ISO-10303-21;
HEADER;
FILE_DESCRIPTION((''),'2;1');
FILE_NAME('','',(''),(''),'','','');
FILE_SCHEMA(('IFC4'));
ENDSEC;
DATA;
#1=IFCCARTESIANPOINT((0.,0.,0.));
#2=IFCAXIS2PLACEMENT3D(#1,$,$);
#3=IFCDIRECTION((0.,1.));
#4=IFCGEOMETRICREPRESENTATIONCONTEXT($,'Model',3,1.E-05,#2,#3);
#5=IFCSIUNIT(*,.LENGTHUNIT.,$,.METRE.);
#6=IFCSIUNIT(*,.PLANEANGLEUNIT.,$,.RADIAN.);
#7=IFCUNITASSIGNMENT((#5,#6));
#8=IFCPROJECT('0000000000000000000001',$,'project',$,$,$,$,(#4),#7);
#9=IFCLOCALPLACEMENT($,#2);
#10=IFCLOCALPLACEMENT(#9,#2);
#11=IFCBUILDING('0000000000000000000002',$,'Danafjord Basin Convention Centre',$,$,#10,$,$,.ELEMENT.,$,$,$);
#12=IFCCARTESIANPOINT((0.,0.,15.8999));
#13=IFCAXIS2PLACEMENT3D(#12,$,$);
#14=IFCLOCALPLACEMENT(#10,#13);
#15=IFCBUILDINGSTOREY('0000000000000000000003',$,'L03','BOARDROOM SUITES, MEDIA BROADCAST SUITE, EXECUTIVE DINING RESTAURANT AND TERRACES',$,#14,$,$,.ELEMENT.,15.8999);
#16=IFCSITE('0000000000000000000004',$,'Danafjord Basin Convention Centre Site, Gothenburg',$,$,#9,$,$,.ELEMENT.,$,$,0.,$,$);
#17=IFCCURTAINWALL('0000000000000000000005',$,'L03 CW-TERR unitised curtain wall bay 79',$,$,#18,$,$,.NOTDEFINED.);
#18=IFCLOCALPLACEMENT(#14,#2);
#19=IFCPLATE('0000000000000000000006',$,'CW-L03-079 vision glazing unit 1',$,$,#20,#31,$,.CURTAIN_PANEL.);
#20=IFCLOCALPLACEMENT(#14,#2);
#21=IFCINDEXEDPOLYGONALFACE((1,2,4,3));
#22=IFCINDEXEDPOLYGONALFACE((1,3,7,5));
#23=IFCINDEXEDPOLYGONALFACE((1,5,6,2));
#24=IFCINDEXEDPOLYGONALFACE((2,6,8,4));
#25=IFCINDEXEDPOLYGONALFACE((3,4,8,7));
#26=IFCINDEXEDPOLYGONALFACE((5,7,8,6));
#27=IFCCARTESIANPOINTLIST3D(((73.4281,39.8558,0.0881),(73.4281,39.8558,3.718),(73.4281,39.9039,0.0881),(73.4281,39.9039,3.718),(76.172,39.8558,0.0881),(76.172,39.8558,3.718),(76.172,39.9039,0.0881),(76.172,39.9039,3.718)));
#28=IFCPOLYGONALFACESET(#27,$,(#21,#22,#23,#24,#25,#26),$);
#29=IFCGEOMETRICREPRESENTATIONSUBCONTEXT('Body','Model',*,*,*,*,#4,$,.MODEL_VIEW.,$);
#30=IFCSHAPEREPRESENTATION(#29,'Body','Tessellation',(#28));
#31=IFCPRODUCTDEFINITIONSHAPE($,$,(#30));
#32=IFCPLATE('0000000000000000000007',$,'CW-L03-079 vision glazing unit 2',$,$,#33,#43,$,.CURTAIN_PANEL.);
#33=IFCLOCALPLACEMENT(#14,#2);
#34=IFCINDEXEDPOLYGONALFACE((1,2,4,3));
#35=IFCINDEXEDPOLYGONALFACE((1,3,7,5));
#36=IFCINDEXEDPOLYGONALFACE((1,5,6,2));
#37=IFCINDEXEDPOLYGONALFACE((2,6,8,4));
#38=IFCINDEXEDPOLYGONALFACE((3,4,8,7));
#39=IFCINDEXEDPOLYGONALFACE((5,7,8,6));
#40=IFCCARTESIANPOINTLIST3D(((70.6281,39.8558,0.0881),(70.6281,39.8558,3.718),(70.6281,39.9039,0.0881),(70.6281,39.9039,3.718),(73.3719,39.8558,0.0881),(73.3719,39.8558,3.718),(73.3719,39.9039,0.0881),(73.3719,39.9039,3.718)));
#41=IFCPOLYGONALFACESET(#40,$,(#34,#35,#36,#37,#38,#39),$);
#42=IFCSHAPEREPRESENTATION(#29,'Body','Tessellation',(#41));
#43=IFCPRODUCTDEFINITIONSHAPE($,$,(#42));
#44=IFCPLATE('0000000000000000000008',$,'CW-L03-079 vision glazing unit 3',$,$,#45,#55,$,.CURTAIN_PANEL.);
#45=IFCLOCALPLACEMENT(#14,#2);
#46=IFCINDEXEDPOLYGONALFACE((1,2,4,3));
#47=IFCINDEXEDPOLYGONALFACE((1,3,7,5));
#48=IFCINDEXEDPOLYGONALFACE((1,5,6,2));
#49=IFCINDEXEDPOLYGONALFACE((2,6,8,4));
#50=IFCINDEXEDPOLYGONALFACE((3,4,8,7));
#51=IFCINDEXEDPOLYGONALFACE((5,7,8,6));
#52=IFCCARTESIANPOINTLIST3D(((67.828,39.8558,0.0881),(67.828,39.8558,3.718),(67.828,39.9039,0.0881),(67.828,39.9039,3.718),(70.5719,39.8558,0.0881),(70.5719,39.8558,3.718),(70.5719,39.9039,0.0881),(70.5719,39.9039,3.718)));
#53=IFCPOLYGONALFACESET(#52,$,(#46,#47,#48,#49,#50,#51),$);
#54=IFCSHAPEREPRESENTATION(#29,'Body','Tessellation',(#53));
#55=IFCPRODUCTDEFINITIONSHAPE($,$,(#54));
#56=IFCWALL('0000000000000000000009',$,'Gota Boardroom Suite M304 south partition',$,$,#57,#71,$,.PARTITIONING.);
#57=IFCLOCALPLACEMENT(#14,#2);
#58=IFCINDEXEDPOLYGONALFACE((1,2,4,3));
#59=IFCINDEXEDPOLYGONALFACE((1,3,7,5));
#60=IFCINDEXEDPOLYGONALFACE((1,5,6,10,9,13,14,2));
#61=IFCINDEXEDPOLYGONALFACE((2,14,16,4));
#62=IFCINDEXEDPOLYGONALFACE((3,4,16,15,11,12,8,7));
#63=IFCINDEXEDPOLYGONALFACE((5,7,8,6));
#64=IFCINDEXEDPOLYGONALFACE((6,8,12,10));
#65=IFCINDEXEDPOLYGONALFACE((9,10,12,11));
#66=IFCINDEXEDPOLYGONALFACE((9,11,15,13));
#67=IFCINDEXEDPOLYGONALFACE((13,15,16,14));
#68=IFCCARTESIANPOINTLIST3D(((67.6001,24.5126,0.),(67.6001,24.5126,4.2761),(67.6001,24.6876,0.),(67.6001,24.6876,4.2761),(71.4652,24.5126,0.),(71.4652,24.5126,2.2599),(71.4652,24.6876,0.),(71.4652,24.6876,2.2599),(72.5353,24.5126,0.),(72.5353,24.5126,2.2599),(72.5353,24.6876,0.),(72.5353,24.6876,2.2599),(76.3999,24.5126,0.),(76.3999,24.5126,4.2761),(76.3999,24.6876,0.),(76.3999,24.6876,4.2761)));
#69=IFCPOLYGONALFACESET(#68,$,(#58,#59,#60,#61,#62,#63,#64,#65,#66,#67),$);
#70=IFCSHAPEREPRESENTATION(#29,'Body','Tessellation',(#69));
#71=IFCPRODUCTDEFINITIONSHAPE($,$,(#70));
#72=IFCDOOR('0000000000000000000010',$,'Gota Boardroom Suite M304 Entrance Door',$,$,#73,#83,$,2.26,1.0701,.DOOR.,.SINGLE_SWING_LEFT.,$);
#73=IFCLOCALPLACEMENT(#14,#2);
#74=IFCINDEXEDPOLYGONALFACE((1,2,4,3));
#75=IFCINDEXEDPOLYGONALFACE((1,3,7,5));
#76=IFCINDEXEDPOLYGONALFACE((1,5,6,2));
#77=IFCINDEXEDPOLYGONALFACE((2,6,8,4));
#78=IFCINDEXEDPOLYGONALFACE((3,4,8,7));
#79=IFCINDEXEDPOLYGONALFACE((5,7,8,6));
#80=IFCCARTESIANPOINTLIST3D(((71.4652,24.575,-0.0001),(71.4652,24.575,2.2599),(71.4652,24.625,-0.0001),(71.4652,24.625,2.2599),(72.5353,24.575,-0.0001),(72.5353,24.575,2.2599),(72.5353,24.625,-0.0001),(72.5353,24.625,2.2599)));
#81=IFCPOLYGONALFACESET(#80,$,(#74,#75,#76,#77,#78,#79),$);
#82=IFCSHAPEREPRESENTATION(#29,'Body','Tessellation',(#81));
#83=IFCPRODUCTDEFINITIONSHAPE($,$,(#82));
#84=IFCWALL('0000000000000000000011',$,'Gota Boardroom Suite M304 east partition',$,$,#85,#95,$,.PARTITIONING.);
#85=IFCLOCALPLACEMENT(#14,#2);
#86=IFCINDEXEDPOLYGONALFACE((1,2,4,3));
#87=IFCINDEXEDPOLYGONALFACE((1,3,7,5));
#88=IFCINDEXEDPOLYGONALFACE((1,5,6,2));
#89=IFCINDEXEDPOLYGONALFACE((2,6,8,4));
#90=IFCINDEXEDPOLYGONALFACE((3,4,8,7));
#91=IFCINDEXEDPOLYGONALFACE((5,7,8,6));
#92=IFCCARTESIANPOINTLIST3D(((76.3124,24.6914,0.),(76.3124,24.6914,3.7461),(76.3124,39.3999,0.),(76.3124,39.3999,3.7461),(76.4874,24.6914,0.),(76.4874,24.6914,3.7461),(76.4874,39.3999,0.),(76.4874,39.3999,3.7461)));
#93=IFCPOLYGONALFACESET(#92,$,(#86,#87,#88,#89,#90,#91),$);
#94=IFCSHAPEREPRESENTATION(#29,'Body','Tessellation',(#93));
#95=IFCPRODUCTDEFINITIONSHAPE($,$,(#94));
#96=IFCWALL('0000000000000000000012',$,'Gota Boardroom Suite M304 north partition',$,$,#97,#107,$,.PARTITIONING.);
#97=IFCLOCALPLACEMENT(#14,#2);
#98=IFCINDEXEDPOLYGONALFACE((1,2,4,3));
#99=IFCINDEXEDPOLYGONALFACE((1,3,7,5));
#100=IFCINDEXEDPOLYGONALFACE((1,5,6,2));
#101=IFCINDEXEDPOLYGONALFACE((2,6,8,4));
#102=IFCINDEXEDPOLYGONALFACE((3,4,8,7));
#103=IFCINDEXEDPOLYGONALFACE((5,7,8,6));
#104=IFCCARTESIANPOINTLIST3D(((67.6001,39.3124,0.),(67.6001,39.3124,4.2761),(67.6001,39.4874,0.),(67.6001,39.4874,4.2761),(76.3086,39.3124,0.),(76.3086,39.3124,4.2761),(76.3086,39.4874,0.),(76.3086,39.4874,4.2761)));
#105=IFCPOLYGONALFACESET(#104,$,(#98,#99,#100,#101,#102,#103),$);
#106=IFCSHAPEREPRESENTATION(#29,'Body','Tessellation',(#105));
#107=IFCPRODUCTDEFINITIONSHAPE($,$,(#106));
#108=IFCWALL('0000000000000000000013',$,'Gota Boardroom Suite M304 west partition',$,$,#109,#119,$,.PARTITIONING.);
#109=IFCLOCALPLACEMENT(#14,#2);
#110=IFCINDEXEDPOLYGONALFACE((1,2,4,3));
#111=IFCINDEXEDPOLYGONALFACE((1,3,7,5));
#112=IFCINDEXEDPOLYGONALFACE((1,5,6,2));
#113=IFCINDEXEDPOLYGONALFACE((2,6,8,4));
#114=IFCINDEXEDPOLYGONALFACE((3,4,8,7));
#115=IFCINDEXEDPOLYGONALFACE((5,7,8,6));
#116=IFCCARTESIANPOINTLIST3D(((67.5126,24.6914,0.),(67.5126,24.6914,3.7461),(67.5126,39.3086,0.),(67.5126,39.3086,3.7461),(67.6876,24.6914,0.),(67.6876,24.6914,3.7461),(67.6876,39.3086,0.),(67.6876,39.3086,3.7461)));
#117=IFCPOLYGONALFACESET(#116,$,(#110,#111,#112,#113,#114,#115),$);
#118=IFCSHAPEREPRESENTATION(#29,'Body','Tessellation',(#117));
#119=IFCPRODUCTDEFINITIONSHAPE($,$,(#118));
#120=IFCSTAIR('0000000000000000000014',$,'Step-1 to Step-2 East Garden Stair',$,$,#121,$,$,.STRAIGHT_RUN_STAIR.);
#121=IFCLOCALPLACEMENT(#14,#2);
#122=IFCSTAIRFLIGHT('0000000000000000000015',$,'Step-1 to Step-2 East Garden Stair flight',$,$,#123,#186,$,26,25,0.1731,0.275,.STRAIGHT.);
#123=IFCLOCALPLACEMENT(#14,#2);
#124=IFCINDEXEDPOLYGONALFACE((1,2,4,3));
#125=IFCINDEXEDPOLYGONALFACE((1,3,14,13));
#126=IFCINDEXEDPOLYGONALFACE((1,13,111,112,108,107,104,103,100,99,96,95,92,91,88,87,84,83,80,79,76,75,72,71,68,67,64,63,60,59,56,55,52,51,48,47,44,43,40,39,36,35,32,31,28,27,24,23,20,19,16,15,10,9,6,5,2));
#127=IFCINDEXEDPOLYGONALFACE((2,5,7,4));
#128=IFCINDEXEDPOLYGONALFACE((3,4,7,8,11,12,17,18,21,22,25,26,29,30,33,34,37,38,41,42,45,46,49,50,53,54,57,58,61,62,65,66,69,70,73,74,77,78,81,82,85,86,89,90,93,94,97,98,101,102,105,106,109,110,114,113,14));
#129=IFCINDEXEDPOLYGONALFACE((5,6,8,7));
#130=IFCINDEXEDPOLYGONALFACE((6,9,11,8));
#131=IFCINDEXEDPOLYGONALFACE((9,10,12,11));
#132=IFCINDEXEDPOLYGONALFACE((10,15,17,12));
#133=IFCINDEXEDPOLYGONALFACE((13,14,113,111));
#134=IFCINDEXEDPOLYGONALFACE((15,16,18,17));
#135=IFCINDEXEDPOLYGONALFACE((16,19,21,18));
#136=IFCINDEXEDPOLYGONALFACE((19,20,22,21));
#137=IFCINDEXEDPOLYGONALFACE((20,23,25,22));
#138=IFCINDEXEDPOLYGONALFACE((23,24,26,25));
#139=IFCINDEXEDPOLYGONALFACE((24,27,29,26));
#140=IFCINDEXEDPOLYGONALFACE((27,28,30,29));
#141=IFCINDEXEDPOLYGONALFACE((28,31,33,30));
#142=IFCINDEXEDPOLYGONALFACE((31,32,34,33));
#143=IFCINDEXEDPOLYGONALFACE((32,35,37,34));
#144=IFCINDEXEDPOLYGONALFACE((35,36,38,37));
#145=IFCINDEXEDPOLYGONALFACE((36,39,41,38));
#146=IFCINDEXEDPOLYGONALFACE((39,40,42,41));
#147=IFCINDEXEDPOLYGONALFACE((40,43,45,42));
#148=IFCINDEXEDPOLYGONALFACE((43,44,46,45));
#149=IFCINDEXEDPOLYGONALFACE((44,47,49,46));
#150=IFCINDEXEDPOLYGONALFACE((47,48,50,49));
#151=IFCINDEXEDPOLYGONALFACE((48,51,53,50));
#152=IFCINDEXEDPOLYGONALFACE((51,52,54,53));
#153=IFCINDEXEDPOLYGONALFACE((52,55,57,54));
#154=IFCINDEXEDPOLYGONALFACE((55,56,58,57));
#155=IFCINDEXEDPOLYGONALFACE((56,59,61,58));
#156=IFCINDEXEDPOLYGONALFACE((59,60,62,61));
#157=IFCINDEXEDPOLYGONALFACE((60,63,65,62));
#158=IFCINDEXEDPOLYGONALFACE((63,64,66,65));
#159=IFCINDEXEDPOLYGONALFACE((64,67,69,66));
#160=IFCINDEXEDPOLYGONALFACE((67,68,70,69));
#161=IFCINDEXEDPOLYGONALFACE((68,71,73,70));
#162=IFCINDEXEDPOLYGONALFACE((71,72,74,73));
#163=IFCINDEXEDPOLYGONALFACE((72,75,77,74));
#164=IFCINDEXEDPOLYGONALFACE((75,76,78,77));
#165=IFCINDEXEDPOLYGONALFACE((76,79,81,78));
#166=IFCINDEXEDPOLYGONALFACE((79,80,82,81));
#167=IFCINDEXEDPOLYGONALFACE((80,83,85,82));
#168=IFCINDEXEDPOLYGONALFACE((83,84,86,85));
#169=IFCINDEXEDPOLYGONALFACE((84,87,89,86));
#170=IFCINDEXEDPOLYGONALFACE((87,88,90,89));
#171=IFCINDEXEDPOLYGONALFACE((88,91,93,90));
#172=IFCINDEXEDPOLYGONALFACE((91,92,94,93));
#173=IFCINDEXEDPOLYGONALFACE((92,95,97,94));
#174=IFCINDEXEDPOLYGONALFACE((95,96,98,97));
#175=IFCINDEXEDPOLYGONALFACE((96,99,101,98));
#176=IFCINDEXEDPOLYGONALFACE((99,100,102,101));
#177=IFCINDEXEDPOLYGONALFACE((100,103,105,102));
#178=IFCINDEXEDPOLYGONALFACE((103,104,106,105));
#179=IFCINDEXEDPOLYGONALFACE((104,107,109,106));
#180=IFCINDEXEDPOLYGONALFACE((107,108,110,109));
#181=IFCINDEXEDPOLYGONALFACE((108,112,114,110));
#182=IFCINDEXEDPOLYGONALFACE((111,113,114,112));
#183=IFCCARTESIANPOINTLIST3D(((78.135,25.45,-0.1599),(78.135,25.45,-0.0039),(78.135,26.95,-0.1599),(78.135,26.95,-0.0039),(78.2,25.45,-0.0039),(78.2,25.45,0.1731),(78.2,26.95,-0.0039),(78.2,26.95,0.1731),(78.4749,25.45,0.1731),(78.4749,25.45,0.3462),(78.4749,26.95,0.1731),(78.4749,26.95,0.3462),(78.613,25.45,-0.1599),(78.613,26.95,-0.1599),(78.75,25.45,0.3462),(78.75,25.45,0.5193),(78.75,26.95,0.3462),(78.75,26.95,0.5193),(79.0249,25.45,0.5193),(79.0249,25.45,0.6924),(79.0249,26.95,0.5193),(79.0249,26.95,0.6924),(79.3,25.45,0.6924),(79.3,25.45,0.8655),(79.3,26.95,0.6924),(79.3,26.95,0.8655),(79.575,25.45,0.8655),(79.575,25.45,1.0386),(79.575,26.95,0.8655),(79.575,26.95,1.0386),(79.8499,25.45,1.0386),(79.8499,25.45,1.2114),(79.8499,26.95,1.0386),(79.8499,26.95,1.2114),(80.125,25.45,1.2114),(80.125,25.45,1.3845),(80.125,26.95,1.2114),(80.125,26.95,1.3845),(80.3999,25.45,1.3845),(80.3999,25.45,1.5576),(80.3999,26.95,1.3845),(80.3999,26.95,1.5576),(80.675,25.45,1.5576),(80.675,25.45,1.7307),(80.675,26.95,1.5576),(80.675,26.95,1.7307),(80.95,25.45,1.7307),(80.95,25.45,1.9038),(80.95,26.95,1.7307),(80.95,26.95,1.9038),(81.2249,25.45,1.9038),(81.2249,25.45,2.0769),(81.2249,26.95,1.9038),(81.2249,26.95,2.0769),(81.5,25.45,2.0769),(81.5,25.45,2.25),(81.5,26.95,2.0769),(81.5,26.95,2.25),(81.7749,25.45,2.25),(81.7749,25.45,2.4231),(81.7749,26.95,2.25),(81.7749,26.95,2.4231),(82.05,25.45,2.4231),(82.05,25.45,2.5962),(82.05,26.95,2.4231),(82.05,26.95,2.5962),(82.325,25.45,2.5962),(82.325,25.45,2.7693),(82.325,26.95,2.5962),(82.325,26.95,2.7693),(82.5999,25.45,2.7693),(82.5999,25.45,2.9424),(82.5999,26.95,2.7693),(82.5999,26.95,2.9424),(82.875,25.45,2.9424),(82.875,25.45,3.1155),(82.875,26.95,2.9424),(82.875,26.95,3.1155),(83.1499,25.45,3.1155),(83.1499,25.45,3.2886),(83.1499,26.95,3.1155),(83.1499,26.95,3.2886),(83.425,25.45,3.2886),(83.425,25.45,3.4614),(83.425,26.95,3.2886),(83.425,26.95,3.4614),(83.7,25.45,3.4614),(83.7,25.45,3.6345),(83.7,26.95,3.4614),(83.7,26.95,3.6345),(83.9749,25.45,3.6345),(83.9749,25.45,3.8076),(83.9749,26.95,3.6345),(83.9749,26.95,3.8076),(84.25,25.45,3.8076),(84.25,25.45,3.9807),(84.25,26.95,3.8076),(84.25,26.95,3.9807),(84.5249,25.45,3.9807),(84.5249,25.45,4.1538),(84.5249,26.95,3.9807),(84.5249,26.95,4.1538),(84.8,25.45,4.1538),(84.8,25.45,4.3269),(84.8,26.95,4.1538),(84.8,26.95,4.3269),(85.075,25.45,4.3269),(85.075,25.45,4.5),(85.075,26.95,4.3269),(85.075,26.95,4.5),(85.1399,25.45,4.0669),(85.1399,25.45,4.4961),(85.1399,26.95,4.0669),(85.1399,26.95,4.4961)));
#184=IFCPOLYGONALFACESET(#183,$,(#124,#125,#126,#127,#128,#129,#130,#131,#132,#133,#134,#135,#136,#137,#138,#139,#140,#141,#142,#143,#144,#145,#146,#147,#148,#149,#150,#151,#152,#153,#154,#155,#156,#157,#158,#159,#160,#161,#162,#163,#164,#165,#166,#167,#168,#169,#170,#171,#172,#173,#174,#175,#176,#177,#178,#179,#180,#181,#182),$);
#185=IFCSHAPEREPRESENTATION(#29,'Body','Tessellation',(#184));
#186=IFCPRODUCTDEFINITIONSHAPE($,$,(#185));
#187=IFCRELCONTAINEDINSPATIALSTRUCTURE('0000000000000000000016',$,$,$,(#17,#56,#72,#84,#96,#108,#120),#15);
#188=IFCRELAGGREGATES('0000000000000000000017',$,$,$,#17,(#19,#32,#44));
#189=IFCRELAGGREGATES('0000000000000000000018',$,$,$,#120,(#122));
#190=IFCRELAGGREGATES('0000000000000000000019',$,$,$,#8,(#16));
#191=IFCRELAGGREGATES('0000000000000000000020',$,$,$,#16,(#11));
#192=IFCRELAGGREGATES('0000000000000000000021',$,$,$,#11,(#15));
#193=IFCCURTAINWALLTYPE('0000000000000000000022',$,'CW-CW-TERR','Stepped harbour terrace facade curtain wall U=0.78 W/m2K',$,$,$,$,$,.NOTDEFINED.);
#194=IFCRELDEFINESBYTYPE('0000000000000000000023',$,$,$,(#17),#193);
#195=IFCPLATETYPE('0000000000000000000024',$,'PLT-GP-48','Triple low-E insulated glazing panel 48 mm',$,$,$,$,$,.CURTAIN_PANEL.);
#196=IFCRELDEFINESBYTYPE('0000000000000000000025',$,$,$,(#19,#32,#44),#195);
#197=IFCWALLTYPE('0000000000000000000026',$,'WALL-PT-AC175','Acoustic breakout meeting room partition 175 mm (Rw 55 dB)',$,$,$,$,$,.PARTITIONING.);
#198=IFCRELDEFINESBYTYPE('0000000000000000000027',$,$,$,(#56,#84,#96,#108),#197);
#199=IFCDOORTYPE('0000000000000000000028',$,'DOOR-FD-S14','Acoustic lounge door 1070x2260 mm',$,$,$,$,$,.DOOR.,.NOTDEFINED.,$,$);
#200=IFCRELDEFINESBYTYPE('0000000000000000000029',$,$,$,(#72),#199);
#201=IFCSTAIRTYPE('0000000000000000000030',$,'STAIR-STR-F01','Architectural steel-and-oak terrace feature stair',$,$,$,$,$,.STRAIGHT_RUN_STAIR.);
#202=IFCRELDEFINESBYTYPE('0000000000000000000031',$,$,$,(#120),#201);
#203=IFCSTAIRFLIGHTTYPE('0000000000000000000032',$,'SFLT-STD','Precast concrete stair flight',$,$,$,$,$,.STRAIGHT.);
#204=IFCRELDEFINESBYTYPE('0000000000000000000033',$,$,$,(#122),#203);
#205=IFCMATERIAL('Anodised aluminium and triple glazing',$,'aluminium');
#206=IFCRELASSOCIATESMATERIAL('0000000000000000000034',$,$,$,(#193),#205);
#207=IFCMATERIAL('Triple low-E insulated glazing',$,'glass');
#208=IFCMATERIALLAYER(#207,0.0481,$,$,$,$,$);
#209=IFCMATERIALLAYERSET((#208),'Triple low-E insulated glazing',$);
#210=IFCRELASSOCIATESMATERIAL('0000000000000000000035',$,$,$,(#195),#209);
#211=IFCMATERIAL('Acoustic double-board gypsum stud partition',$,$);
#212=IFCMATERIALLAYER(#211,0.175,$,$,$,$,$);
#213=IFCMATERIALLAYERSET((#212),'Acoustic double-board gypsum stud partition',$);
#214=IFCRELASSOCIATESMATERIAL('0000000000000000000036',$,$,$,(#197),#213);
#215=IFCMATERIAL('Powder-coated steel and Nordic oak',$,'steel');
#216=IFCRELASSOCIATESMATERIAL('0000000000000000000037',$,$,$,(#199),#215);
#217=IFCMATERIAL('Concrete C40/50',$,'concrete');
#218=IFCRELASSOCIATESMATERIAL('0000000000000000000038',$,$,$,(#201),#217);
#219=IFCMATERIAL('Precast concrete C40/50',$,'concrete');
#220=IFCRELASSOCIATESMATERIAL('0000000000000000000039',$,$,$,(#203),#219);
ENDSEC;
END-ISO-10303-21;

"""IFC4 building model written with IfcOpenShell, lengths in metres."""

from ifc_helpers import new_model, si_unit, direction, frame, frame_2d, origin, origin_2d, place, context, subcontext, project, spatial, polyline, rectangle, outline, extrude, material, layer, layer_set, type_object, element, fill, aggregate, save


model = new_model("IFC4")

# Units and contexts
model_context = context("Model", 3, precision=1e-05, world=origin(), true_north=direction((0.0, 1.0)))
body_context = subcontext(model_context, "Body", "Model", "MODEL_VIEW")
ifc_project = project(units=[si_unit("LENGTHUNIT", "METRE"), si_unit("PLANEANGLEUNIT", "RADIAN")], contexts=[model_context])

# Site, building, storey
site_placement = place(None, origin())
site = spatial("IfcSite", under=ifc_project, at=site_placement, Name="Danafjord Basin Convention Centre Site, Gothenburg", CompositionType="ELEMENT", RefElevation=0.0)
building_placement = place(site_placement, origin())
building = spatial("IfcBuilding", under=site, at=building_placement, Name="Danafjord Basin Convention Centre", CompositionType="ELEMENT")
storey_placement = place(building_placement, frame((0.0, 0.0, 15.8999)))
storey = spatial("IfcBuildingStorey", under=building, at=storey_placement, Name="L03", Description="BOARDROOM SUITES, MEDIA BROADCAST SUITE, EXECUTIVE DINING RESTAURANT AND TERRACES", CompositionType="ELEMENT", Elevation=15.8999)

# Curtain wall
ifc_material_1 = material(Name="Anodised aluminium and triple glazing", Category="aluminium")
curtain_wall_type = type_object("IfcCurtainWallType", Name="CW-CW-TERR", Description="Stepped harbour terrace facade curtain wall U=0.78 W/m2K", PredefinedType="NOTDEFINED", material=ifc_material_1)
curtain_wall_1_placement = place(storey_placement, origin())
curtain_wall_1 = element("IfcCurtainWall", 1, at=curtain_wall_1_placement, inside=storey, type_object=curtain_wall_type, Name="L03 CW-TERR unitised curtain wall bay 79", PredefinedType="NOTDEFINED")

# Plates
ifc_material_2 = material(Name="Triple low-E insulated glazing", Category="glass")
ifc_layer_1 = layer(ifc_material_2, 0.0481)
ifc_layer_set_1 = layer_set([ifc_layer_1], Name="Triple low-E insulated glazing")
plate_type_1 = type_object("IfcPlateType", Name="PLT-GP-48", Description="Triple low-E insulated glazing panel 48 mm", PredefinedType="CURTAIN_PANEL", material=ifc_layer_set_1)
plate_1_placement = place(storey_placement, frame((74.8, 39.8799, 0.0881), z_axis=(0.0, 0.0, 1.0), x_axis=(-1.0, 0.0, 0.0)))
plate_1 = element("IfcPlate", 2, at=plate_1_placement, type_object=plate_type_1, Name="CW-L03-079 vision glazing unit 1", PredefinedType="CURTAIN_PANEL", context=body_context, shape_type="SweptSolid", body=[
    extrude(rectangle(XDim=2.7439, YDim=0.0481, at=origin_2d()), origin(), (0.0, 0.0, 1.0), 3.6299),
])
plate_2_placement = place(storey_placement, frame((72.0, 39.8799, 0.0881), z_axis=(0.0, 0.0, 1.0), x_axis=(-1.0, 0.0, 0.0)))
plate_2 = element("IfcPlate", 3, at=plate_2_placement, type_object=plate_type_1, Name="CW-L03-079 vision glazing unit 2", PredefinedType="CURTAIN_PANEL", context=body_context, shape_type="SweptSolid", body=[
    extrude(rectangle(XDim=2.7439, YDim=0.0481, at=origin_2d()), origin(), (0.0, 0.0, 1.0), 3.6299),
])
plate_3_placement = place(storey_placement, frame((69.2, 39.8799, 0.0881), z_axis=(0.0, 0.0, 1.0), x_axis=(-1.0, 0.0, 0.0)))
plate_3 = element("IfcPlate", 4, at=plate_3_placement, type_object=plate_type_1, Name="CW-L03-079 vision glazing unit 3", PredefinedType="CURTAIN_PANEL", context=body_context, shape_type="SweptSolid", body=[
    extrude(rectangle(XDim=2.7439, YDim=0.0481, at=origin_2d()), origin(), (0.0, 0.0, 1.0), 3.6299),
])
aggregate(curtain_wall_1, [plate_1, plate_2, plate_3])

# Wall, opening, door
ifc_material_3 = material(Name="Acoustic double-board gypsum stud partition")
ifc_layer_2 = layer(ifc_material_3, 0.175)
ifc_layer_set_2 = layer_set([ifc_layer_2], Name="Acoustic double-board gypsum stud partition")
wall_type = type_object("IfcWallType", Name="WALL-PT-AC175", Description="Acoustic breakout meeting room partition 175 mm (Rw 55 dB)", PredefinedType="PARTITIONING", material=ifc_layer_set_2)
wall_1_placement = place(storey_placement, frame((67.6001, 24.6001, 0.0), z_axis=(0.0, 0.0, 1.0), x_axis=(1.0, 0.0, 0.0)))
wall_1 = element("IfcWall", 5, at=wall_1_placement, inside=storey, type_object=wall_type, Name="Gota Boardroom Suite M304 south partition", PredefinedType="PARTITIONING", context=body_context, shape_type="SweptSolid", body=[
    extrude(rectangle(XDim=8.7998, YDim=0.175, at=frame_2d((4.3999, 0.0))), origin(), (0.0, 0.0, 1.0), 4.2761),
])
opening_placement = place(wall_1_placement, frame((3.865, 0.0, 0.0)))
opening = element("IfcOpeningElement", 6, at=opening_placement, cuts=wall_1, PredefinedType="OPENING", context=body_context, shape_type="SweptSolid", body=[
    extrude(rectangle(XDim=1.0701, YDim=2.26, at=frame_2d((0.5352, 1.1299))), frame((0.0, 0.0974, 0.0), z_axis=(0.0, -1.0, 0.0), x_axis=(1.0, 0.0, 0.0)), (0.0, 0.0, 1.0), 0.1951),
])
ifc_material_4 = material(Name="Powder-coated steel and Nordic oak", Category="steel")
door_type = type_object("IfcDoorType", Name="DOOR-FD-S14", Description="Acoustic lounge door 1070x2260 mm", OperationType="NOTDEFINED", PredefinedType="DOOR", material=ifc_material_4)
door_placement = place(opening_placement, origin())
door = element("IfcDoor", 7, at=door_placement, inside=storey, type_object=door_type, Name="Gota Boardroom Suite M304 Entrance Door", OperationType="SINGLE_SWING_LEFT", OverallHeight=2.26, OverallWidth=1.0701, PredefinedType="DOOR", context=body_context, shape_type="SweptSolid", body=[
    extrude(rectangle(XDim=1.0701, YDim=2.26, at=frame_2d((0.5352, 1.1299))), frame((0.0, 0.0249, 0.0), z_axis=(0.0, -1.0, 0.0), x_axis=(1.0, 0.0, 0.0)), (0.0, 0.0, 1.0), 0.05),
])
fill(opening, door)

# Walls
wall_2_placement = place(storey_placement, frame((76.3999, 24.6914, 0.0), z_axis=(0.0, 0.0, 1.0), x_axis=(0.0, 1.0, 0.0)))
element("IfcWall", 8, at=wall_2_placement, inside=storey, type_object=wall_type, Name="Gota Boardroom Suite M304 east partition", PredefinedType="PARTITIONING", context=body_context, shape_type="SweptSolid", body=[
    extrude(rectangle(XDim=14.7085, YDim=0.175, at=frame_2d((7.3542, 0.0))), origin(), (0.0, 0.0, 1.0), 3.7461),
])
wall_3_placement = place(storey_placement, frame((76.3086, 39.3999, 0.0), z_axis=(0.0, 0.0, 1.0), x_axis=(-1.0, 0.0, 0.0)))
element("IfcWall", 9, at=wall_3_placement, inside=storey, type_object=wall_type, Name="Gota Boardroom Suite M304 north partition", PredefinedType="PARTITIONING", context=body_context, shape_type="SweptSolid", body=[
    extrude(rectangle(XDim=8.7085, YDim=0.175, at=frame_2d((4.3542, 0.0))), origin(), (0.0, 0.0, 1.0), 4.2761),
])
wall_4_placement = place(storey_placement, frame((67.6001, 39.3086, 0.0), z_axis=(0.0, 0.0, 1.0), x_axis=(0.0, -1.0, 0.0)))
element("IfcWall", 10, at=wall_4_placement, inside=storey, type_object=wall_type, Name="Gota Boardroom Suite M304 west partition", PredefinedType="PARTITIONING", context=body_context, shape_type="SweptSolid", body=[
    extrude(rectangle(XDim=14.6172, YDim=0.175, at=frame_2d((7.3086, 0.0))), origin(), (0.0, 0.0, 1.0), 3.7461),
])

# Stair, stair flight
ifc_material_5 = material(Name="Concrete C40/50", Category="concrete")
stair_type = type_object("IfcStairType", Name="STAIR-STR-F01", Description="Architectural steel-and-oak terrace feature stair", PredefinedType="STRAIGHT_RUN_STAIR", material=ifc_material_5)
stair_placement = place(storey_placement, origin())
stair = element("IfcStair", 11, at=stair_placement, inside=storey, type_object=stair_type, Name="Step-1 to Step-2 East Garden Stair", PredefinedType="STRAIGHT_RUN_STAIR")
ifc_material_6 = material(Name="Precast concrete C40/50", Category="concrete")
stair_flight_type = type_object("IfcStairFlightType", Name="SFLT-STD", Description="Precast concrete stair flight", PredefinedType="STRAIGHT", material=ifc_material_6)
stair_flight_placement = place(storey_placement, frame((78.2, 26.2, 0.0), z_axis=(0.0, 0.0, 1.0), x_axis=(1.0, 0.0, 0.0)))
stair_flight = element("IfcStairFlight", 12, at=stair_flight_placement, type_object=stair_flight_type, Name="Step-1 to Step-2 East Garden Stair flight", NumberOfRisers=26, NumberOfTreads=25, PredefinedType="STRAIGHT", RiserHeight=0.1731, TreadLength=0.275, context=body_context, shape_type="SweptSolid", body=[
    extrude(outline(polyline([(-0.0649, -0.1599), (-0.0649, -0.0039), (0.0, -0.0039), (0.0, 0.1731), (0.2749, 0.1731), (0.2749, 0.3462), (0.55, 0.3462), (0.55, 0.5193), (0.825, 0.5193), (0.825, 0.6924), (1.1001, 0.6924), (1.1001, 0.8655), (1.375, 0.8655), (1.375, 1.0386), (1.6499, 1.0386), (1.6499, 1.2114), (1.925, 1.2114), (1.925, 1.3845), (2.2, 1.3845), (2.2, 1.5576), (2.4751, 1.5576), (2.4751, 1.7307), (2.75, 1.7307), (2.75, 1.9038), (3.0249, 1.9038), (3.0249, 2.0769), (3.3, 2.0769), (3.3, 2.25), (3.575, 2.25), (3.575, 2.4231), (3.8501, 2.4231), (3.8501, 2.5962), (4.125, 2.5962), (4.125, 2.7693), (4.3999, 2.7693), (4.3999, 2.9424), (4.675, 2.9424), (4.675, 3.1155), (4.95, 3.1155), (4.95, 3.2886), (5.2251, 3.2886), (5.2251, 3.4614), (5.5, 3.4614), (5.5, 3.6345), (5.7749, 3.6345), (5.7749, 3.8076), (6.05, 3.8076), (6.05, 3.9807), (6.325, 3.9807), (6.325, 4.1538), (6.6001, 4.1538), (6.6001, 4.3269), (6.875, 4.3269), (6.875, 4.5), (6.9399, 4.4961), (6.9399, 4.0669), (0.4131, -0.1599), (-0.0649, -0.1599)])), frame((0.0, 0.75, 0.0), z_axis=(0.0, -1.0, 0.0), x_axis=(1.0, 0.0, 0.0)), (0.0, 0.0, 1.0), 1.5),
])
aggregate(stair, [stair_flight])

save(model, "model.ifc")
